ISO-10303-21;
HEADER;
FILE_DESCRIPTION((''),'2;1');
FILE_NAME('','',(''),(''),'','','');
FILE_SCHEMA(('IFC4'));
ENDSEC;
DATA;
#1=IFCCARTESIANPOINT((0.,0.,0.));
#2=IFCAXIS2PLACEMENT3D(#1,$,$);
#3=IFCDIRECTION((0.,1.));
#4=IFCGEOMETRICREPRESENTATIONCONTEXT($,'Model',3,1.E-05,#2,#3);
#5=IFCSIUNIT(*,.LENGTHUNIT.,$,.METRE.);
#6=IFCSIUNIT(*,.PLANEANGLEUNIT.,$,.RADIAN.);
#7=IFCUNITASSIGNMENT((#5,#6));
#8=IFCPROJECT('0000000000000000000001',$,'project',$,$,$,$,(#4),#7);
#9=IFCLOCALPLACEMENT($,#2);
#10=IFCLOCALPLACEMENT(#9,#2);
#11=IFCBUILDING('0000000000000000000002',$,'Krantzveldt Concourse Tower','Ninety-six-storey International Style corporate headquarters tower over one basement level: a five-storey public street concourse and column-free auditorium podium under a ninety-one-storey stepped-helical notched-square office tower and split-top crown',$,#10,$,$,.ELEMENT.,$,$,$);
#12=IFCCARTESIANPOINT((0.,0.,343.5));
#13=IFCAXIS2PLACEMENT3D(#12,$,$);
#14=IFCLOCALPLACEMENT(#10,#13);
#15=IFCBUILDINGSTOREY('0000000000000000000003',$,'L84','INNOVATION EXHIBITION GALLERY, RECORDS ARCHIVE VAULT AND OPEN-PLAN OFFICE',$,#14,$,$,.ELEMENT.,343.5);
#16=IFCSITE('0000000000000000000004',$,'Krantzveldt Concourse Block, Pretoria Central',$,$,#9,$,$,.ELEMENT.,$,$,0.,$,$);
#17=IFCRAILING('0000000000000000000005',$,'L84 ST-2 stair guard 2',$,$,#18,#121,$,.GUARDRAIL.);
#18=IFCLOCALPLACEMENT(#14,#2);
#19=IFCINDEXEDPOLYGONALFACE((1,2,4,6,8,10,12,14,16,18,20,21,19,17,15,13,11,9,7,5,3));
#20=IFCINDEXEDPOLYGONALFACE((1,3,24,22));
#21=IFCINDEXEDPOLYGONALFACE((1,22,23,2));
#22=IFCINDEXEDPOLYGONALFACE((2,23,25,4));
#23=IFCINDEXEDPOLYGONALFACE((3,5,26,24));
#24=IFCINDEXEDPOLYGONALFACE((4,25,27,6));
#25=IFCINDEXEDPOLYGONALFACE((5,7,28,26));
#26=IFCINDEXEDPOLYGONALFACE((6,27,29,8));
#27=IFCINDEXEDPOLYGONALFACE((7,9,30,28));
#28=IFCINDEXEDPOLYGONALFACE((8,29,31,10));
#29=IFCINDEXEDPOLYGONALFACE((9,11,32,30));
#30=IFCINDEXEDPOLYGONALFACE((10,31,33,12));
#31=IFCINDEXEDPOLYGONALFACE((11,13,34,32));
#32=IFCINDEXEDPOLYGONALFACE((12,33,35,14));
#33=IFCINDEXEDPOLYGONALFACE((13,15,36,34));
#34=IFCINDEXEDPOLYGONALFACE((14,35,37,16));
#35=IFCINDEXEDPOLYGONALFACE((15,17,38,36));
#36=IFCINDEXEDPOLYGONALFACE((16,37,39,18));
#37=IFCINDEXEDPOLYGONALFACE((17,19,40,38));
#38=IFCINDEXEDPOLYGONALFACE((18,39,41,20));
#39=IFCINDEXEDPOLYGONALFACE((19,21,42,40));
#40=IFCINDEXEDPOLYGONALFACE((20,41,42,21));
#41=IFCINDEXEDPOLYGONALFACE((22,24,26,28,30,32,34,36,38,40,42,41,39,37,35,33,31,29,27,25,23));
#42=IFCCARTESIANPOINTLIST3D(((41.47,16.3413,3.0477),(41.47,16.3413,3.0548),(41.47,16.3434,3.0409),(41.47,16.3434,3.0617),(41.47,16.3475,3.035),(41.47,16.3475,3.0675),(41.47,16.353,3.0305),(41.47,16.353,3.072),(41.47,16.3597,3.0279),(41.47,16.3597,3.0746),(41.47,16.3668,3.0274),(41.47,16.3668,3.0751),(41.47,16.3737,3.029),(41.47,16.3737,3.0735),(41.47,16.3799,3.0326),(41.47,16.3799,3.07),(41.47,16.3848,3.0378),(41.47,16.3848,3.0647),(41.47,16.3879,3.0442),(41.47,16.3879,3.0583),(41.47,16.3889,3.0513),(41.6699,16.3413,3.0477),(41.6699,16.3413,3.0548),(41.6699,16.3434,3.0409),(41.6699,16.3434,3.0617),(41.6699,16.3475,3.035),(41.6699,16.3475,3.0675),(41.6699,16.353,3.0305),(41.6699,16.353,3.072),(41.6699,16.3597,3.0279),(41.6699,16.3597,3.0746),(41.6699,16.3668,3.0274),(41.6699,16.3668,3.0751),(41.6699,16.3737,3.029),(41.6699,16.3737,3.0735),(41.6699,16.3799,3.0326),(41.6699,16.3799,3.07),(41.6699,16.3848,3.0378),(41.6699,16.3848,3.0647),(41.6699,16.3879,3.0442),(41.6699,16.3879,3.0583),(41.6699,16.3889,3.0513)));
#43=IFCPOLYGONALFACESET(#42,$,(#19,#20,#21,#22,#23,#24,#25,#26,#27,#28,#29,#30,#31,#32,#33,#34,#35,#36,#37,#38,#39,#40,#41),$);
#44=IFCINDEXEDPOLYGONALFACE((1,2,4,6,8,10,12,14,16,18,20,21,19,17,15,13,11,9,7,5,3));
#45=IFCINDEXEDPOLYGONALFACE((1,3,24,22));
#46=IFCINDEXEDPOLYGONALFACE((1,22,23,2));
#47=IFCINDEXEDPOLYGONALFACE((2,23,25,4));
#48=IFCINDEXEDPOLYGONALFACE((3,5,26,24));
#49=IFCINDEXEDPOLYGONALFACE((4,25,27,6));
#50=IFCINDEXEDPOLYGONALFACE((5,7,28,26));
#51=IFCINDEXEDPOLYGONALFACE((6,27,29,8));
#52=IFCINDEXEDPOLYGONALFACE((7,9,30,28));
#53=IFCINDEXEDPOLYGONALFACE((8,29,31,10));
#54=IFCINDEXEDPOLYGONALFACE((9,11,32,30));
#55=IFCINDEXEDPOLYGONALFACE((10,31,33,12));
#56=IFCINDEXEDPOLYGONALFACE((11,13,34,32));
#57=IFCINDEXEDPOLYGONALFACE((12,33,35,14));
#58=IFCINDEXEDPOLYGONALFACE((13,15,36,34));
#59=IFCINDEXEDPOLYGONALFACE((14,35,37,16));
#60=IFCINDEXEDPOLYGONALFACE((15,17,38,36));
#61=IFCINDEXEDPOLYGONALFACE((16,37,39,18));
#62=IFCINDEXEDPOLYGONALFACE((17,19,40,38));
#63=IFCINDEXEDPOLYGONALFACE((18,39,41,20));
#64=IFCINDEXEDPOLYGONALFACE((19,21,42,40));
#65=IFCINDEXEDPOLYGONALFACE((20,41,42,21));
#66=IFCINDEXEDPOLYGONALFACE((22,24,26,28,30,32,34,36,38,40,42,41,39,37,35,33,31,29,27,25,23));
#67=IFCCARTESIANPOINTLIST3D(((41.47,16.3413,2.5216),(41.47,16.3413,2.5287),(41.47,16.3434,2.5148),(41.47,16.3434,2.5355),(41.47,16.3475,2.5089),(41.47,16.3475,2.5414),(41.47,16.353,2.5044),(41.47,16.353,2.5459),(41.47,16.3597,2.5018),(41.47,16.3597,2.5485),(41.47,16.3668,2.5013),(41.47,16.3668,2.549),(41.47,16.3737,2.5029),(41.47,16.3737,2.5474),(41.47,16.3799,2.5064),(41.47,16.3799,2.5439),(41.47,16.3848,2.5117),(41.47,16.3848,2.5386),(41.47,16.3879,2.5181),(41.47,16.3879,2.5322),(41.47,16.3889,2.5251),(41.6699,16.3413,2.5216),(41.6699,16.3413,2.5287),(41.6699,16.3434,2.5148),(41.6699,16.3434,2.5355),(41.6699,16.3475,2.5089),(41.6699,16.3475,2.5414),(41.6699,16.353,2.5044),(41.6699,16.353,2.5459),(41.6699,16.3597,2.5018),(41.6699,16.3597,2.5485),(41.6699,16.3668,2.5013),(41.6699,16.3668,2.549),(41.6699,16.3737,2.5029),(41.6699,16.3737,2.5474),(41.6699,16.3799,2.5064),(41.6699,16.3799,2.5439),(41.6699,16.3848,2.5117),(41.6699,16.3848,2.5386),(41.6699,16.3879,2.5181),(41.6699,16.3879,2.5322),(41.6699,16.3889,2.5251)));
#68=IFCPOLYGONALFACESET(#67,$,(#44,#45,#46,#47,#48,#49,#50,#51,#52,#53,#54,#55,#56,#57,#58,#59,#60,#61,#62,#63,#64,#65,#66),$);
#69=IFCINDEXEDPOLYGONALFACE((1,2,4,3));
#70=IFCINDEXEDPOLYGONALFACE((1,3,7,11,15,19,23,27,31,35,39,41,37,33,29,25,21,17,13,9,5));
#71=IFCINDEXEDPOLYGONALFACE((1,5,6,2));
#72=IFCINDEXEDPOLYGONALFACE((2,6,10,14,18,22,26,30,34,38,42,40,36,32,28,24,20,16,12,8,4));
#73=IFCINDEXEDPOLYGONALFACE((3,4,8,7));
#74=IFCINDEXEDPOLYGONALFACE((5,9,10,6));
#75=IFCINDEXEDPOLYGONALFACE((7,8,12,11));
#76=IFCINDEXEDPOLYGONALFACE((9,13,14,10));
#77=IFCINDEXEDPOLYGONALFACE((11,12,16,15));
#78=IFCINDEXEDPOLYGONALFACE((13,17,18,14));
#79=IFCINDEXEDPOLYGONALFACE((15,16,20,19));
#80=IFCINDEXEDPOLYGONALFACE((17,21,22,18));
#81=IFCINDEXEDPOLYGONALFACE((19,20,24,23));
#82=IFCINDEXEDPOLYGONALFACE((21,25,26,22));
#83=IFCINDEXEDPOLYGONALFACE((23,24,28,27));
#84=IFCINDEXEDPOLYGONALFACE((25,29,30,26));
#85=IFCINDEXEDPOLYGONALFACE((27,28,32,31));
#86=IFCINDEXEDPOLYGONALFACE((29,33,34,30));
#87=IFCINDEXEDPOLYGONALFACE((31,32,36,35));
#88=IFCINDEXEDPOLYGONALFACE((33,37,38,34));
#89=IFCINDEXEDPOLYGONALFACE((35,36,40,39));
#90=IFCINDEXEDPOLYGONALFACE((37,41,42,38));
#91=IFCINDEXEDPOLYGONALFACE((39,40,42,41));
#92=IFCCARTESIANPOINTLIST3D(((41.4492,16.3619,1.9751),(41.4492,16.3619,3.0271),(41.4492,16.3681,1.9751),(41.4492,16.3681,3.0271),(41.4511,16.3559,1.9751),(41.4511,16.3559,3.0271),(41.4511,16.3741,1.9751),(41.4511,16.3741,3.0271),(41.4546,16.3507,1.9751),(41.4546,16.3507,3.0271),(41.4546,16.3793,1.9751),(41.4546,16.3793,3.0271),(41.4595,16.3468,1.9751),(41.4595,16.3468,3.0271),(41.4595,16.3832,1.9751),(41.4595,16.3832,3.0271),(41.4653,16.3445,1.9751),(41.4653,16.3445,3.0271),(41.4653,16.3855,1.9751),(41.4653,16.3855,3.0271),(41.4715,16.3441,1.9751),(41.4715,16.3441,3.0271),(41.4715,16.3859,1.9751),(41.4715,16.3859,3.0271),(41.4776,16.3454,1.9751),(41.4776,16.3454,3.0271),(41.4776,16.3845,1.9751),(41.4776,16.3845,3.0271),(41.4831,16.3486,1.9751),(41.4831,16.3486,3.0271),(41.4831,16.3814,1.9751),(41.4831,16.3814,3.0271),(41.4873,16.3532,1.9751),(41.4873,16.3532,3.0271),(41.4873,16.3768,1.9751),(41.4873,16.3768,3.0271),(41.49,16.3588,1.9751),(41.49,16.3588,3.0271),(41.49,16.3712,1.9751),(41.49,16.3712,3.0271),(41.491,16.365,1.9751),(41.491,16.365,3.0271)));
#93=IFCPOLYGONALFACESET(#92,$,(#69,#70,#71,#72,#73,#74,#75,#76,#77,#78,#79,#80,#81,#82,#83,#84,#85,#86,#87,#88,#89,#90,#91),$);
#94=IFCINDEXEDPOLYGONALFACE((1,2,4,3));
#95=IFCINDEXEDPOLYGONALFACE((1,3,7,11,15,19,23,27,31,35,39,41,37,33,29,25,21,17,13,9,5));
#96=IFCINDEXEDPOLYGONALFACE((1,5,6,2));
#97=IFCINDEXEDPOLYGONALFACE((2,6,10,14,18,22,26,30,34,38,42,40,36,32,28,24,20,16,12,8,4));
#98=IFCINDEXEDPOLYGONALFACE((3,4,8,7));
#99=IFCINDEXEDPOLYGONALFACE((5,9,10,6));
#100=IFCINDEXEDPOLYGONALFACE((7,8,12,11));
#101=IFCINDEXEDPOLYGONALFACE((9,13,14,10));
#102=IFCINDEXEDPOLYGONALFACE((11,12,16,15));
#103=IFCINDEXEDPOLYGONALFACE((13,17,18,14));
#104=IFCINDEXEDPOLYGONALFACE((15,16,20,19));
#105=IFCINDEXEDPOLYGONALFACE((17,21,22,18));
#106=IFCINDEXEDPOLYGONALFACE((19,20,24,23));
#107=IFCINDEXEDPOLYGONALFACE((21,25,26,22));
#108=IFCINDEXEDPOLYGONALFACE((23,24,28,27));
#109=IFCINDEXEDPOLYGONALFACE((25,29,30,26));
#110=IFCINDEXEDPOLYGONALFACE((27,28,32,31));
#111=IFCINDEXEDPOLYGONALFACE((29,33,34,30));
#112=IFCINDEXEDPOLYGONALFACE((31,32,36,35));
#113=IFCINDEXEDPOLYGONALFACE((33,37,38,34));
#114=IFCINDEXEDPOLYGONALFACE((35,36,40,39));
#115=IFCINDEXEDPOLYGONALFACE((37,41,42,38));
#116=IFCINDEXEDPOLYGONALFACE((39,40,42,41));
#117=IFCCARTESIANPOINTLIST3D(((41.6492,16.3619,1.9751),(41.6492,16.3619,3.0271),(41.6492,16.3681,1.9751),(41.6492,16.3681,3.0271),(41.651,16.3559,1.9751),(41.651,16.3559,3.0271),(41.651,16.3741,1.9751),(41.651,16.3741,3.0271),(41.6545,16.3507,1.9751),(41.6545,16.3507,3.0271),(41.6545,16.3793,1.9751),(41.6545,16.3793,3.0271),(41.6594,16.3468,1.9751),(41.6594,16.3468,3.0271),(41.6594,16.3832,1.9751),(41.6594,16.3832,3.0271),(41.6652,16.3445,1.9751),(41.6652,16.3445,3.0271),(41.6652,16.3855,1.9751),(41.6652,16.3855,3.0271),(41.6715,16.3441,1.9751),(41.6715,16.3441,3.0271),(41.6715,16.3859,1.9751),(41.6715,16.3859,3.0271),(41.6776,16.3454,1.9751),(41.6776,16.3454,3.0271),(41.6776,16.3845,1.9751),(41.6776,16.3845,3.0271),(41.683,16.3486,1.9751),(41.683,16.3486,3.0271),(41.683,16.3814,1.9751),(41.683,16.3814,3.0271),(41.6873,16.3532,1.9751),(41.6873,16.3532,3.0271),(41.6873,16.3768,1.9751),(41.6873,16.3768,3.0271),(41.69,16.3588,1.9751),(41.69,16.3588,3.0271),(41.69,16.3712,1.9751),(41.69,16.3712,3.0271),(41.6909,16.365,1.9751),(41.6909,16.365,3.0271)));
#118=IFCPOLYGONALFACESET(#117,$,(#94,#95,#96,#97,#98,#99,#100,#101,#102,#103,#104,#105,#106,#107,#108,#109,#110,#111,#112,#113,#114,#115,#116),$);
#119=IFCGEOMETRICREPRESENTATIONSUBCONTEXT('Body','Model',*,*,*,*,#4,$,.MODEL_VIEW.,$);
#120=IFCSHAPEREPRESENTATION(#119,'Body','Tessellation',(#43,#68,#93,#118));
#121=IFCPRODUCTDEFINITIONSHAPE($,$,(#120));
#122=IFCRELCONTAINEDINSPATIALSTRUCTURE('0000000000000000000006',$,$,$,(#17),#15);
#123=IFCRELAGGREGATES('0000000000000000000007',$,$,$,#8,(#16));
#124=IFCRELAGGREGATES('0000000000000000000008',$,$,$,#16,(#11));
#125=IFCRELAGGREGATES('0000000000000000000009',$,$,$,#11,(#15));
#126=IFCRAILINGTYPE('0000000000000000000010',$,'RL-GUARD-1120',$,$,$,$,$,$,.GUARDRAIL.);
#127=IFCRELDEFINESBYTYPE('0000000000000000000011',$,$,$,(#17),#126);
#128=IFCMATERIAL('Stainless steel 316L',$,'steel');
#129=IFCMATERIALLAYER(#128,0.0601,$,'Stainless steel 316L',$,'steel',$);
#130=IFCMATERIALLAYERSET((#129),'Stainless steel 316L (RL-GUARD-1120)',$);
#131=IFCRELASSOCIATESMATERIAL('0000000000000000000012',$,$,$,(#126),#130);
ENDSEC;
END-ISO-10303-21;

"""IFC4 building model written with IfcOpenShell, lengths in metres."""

from ifc_helpers import new_model, si_unit, direction, frame, origin, origin_2d, place, context, subcontext, project, spatial, circle, extrude, material, layer, layer_set, type_object, element, save


model = new_model("IFC4")

# Units and contexts
model_context = context("Model", 3, precision=1e-05, world=origin(), true_north=direction((0.0, 1.0)))
body_context = subcontext(model_context, "Body", "Model", "MODEL_VIEW")
ifc_project = project(units=[si_unit("LENGTHUNIT", "METRE"), si_unit("PLANEANGLEUNIT", "RADIAN")], contexts=[model_context])

# Site, building, storey
site_placement = place(None, origin())
site = spatial("IfcSite", under=ifc_project, at=site_placement, Name="Krantzveldt Concourse Block, Pretoria Central", CompositionType="ELEMENT", RefElevation=0.0)
building_placement = place(site_placement, origin())
building = spatial("IfcBuilding", under=site, at=building_placement, Name="Krantzveldt Concourse Tower", Description="Ninety-six-storey International Style corporate headquarters tower over one basement level: a five-storey public street concourse and column-free auditorium podium under a ninety-one-storey stepped-helical notched-square office tower and split-top crown", CompositionType="ELEMENT")
storey_placement = place(building_placement, frame((0.0, 0.0, 343.5)))
storey = spatial("IfcBuildingStorey", under=building, at=storey_placement, Name="L84", Description="INNOVATION EXHIBITION GALLERY, RECORDS ARCHIVE VAULT AND OPEN-PLAN OFFICE", CompositionType="ELEMENT", Elevation=343.5)

# Shared definitions
ifc_material_1 = material(Name="Stainless steel 316L", Category="steel")

# Railing
ifc_layer_1 = layer(ifc_material_1, 0.0601, Name="Stainless steel 316L", Category="steel")
ifc_layer_set_1 = layer_set([ifc_layer_1], Name="Stainless steel 316L (RL-GUARD-1120)")
railing_type_1 = type_object("IfcRailingType", Name="RL-GUARD-1120", PredefinedType="GUARDRAIL", material=ifc_layer_set_1)
railing_1_placement = place(storey_placement, frame((41.47, 16.365, 1.9751)))
element("IfcRailing", 1, at=railing_1_placement, inside=storey, type_object=railing_type_1, Name="L84 ST-2 stair guard 2", PredefinedType="GUARDRAIL", context=body_context, shape_type="SweptSolid", body=[
    extrude(circle(Radius=0.0239, at=origin_2d()), frame((0.0, 0.0, 1.0762), z_axis=(1.0, 0.0, 0.0), x_axis=(0.0, 1.0, 0.0)), (0.0, 0.0, 1.0), 0.2),
    extrude(circle(Radius=0.0239, at=origin_2d()), frame((0.0, 0.0, 0.55), z_axis=(1.0, 0.0, 0.0), x_axis=(0.0, 1.0, 0.0)), (0.0, 0.0, 1.0), 0.2),
    extrude(circle(Radius=0.021, at=origin_2d()), origin(), (0.0, 0.0, 1.0), 1.052),
    extrude(circle(Radius=0.021, at=origin_2d()), frame((0.2, 0.0, 0.0)), (0.0, 0.0, 1.0), 1.052),
])

save(model, "model.ifc")
